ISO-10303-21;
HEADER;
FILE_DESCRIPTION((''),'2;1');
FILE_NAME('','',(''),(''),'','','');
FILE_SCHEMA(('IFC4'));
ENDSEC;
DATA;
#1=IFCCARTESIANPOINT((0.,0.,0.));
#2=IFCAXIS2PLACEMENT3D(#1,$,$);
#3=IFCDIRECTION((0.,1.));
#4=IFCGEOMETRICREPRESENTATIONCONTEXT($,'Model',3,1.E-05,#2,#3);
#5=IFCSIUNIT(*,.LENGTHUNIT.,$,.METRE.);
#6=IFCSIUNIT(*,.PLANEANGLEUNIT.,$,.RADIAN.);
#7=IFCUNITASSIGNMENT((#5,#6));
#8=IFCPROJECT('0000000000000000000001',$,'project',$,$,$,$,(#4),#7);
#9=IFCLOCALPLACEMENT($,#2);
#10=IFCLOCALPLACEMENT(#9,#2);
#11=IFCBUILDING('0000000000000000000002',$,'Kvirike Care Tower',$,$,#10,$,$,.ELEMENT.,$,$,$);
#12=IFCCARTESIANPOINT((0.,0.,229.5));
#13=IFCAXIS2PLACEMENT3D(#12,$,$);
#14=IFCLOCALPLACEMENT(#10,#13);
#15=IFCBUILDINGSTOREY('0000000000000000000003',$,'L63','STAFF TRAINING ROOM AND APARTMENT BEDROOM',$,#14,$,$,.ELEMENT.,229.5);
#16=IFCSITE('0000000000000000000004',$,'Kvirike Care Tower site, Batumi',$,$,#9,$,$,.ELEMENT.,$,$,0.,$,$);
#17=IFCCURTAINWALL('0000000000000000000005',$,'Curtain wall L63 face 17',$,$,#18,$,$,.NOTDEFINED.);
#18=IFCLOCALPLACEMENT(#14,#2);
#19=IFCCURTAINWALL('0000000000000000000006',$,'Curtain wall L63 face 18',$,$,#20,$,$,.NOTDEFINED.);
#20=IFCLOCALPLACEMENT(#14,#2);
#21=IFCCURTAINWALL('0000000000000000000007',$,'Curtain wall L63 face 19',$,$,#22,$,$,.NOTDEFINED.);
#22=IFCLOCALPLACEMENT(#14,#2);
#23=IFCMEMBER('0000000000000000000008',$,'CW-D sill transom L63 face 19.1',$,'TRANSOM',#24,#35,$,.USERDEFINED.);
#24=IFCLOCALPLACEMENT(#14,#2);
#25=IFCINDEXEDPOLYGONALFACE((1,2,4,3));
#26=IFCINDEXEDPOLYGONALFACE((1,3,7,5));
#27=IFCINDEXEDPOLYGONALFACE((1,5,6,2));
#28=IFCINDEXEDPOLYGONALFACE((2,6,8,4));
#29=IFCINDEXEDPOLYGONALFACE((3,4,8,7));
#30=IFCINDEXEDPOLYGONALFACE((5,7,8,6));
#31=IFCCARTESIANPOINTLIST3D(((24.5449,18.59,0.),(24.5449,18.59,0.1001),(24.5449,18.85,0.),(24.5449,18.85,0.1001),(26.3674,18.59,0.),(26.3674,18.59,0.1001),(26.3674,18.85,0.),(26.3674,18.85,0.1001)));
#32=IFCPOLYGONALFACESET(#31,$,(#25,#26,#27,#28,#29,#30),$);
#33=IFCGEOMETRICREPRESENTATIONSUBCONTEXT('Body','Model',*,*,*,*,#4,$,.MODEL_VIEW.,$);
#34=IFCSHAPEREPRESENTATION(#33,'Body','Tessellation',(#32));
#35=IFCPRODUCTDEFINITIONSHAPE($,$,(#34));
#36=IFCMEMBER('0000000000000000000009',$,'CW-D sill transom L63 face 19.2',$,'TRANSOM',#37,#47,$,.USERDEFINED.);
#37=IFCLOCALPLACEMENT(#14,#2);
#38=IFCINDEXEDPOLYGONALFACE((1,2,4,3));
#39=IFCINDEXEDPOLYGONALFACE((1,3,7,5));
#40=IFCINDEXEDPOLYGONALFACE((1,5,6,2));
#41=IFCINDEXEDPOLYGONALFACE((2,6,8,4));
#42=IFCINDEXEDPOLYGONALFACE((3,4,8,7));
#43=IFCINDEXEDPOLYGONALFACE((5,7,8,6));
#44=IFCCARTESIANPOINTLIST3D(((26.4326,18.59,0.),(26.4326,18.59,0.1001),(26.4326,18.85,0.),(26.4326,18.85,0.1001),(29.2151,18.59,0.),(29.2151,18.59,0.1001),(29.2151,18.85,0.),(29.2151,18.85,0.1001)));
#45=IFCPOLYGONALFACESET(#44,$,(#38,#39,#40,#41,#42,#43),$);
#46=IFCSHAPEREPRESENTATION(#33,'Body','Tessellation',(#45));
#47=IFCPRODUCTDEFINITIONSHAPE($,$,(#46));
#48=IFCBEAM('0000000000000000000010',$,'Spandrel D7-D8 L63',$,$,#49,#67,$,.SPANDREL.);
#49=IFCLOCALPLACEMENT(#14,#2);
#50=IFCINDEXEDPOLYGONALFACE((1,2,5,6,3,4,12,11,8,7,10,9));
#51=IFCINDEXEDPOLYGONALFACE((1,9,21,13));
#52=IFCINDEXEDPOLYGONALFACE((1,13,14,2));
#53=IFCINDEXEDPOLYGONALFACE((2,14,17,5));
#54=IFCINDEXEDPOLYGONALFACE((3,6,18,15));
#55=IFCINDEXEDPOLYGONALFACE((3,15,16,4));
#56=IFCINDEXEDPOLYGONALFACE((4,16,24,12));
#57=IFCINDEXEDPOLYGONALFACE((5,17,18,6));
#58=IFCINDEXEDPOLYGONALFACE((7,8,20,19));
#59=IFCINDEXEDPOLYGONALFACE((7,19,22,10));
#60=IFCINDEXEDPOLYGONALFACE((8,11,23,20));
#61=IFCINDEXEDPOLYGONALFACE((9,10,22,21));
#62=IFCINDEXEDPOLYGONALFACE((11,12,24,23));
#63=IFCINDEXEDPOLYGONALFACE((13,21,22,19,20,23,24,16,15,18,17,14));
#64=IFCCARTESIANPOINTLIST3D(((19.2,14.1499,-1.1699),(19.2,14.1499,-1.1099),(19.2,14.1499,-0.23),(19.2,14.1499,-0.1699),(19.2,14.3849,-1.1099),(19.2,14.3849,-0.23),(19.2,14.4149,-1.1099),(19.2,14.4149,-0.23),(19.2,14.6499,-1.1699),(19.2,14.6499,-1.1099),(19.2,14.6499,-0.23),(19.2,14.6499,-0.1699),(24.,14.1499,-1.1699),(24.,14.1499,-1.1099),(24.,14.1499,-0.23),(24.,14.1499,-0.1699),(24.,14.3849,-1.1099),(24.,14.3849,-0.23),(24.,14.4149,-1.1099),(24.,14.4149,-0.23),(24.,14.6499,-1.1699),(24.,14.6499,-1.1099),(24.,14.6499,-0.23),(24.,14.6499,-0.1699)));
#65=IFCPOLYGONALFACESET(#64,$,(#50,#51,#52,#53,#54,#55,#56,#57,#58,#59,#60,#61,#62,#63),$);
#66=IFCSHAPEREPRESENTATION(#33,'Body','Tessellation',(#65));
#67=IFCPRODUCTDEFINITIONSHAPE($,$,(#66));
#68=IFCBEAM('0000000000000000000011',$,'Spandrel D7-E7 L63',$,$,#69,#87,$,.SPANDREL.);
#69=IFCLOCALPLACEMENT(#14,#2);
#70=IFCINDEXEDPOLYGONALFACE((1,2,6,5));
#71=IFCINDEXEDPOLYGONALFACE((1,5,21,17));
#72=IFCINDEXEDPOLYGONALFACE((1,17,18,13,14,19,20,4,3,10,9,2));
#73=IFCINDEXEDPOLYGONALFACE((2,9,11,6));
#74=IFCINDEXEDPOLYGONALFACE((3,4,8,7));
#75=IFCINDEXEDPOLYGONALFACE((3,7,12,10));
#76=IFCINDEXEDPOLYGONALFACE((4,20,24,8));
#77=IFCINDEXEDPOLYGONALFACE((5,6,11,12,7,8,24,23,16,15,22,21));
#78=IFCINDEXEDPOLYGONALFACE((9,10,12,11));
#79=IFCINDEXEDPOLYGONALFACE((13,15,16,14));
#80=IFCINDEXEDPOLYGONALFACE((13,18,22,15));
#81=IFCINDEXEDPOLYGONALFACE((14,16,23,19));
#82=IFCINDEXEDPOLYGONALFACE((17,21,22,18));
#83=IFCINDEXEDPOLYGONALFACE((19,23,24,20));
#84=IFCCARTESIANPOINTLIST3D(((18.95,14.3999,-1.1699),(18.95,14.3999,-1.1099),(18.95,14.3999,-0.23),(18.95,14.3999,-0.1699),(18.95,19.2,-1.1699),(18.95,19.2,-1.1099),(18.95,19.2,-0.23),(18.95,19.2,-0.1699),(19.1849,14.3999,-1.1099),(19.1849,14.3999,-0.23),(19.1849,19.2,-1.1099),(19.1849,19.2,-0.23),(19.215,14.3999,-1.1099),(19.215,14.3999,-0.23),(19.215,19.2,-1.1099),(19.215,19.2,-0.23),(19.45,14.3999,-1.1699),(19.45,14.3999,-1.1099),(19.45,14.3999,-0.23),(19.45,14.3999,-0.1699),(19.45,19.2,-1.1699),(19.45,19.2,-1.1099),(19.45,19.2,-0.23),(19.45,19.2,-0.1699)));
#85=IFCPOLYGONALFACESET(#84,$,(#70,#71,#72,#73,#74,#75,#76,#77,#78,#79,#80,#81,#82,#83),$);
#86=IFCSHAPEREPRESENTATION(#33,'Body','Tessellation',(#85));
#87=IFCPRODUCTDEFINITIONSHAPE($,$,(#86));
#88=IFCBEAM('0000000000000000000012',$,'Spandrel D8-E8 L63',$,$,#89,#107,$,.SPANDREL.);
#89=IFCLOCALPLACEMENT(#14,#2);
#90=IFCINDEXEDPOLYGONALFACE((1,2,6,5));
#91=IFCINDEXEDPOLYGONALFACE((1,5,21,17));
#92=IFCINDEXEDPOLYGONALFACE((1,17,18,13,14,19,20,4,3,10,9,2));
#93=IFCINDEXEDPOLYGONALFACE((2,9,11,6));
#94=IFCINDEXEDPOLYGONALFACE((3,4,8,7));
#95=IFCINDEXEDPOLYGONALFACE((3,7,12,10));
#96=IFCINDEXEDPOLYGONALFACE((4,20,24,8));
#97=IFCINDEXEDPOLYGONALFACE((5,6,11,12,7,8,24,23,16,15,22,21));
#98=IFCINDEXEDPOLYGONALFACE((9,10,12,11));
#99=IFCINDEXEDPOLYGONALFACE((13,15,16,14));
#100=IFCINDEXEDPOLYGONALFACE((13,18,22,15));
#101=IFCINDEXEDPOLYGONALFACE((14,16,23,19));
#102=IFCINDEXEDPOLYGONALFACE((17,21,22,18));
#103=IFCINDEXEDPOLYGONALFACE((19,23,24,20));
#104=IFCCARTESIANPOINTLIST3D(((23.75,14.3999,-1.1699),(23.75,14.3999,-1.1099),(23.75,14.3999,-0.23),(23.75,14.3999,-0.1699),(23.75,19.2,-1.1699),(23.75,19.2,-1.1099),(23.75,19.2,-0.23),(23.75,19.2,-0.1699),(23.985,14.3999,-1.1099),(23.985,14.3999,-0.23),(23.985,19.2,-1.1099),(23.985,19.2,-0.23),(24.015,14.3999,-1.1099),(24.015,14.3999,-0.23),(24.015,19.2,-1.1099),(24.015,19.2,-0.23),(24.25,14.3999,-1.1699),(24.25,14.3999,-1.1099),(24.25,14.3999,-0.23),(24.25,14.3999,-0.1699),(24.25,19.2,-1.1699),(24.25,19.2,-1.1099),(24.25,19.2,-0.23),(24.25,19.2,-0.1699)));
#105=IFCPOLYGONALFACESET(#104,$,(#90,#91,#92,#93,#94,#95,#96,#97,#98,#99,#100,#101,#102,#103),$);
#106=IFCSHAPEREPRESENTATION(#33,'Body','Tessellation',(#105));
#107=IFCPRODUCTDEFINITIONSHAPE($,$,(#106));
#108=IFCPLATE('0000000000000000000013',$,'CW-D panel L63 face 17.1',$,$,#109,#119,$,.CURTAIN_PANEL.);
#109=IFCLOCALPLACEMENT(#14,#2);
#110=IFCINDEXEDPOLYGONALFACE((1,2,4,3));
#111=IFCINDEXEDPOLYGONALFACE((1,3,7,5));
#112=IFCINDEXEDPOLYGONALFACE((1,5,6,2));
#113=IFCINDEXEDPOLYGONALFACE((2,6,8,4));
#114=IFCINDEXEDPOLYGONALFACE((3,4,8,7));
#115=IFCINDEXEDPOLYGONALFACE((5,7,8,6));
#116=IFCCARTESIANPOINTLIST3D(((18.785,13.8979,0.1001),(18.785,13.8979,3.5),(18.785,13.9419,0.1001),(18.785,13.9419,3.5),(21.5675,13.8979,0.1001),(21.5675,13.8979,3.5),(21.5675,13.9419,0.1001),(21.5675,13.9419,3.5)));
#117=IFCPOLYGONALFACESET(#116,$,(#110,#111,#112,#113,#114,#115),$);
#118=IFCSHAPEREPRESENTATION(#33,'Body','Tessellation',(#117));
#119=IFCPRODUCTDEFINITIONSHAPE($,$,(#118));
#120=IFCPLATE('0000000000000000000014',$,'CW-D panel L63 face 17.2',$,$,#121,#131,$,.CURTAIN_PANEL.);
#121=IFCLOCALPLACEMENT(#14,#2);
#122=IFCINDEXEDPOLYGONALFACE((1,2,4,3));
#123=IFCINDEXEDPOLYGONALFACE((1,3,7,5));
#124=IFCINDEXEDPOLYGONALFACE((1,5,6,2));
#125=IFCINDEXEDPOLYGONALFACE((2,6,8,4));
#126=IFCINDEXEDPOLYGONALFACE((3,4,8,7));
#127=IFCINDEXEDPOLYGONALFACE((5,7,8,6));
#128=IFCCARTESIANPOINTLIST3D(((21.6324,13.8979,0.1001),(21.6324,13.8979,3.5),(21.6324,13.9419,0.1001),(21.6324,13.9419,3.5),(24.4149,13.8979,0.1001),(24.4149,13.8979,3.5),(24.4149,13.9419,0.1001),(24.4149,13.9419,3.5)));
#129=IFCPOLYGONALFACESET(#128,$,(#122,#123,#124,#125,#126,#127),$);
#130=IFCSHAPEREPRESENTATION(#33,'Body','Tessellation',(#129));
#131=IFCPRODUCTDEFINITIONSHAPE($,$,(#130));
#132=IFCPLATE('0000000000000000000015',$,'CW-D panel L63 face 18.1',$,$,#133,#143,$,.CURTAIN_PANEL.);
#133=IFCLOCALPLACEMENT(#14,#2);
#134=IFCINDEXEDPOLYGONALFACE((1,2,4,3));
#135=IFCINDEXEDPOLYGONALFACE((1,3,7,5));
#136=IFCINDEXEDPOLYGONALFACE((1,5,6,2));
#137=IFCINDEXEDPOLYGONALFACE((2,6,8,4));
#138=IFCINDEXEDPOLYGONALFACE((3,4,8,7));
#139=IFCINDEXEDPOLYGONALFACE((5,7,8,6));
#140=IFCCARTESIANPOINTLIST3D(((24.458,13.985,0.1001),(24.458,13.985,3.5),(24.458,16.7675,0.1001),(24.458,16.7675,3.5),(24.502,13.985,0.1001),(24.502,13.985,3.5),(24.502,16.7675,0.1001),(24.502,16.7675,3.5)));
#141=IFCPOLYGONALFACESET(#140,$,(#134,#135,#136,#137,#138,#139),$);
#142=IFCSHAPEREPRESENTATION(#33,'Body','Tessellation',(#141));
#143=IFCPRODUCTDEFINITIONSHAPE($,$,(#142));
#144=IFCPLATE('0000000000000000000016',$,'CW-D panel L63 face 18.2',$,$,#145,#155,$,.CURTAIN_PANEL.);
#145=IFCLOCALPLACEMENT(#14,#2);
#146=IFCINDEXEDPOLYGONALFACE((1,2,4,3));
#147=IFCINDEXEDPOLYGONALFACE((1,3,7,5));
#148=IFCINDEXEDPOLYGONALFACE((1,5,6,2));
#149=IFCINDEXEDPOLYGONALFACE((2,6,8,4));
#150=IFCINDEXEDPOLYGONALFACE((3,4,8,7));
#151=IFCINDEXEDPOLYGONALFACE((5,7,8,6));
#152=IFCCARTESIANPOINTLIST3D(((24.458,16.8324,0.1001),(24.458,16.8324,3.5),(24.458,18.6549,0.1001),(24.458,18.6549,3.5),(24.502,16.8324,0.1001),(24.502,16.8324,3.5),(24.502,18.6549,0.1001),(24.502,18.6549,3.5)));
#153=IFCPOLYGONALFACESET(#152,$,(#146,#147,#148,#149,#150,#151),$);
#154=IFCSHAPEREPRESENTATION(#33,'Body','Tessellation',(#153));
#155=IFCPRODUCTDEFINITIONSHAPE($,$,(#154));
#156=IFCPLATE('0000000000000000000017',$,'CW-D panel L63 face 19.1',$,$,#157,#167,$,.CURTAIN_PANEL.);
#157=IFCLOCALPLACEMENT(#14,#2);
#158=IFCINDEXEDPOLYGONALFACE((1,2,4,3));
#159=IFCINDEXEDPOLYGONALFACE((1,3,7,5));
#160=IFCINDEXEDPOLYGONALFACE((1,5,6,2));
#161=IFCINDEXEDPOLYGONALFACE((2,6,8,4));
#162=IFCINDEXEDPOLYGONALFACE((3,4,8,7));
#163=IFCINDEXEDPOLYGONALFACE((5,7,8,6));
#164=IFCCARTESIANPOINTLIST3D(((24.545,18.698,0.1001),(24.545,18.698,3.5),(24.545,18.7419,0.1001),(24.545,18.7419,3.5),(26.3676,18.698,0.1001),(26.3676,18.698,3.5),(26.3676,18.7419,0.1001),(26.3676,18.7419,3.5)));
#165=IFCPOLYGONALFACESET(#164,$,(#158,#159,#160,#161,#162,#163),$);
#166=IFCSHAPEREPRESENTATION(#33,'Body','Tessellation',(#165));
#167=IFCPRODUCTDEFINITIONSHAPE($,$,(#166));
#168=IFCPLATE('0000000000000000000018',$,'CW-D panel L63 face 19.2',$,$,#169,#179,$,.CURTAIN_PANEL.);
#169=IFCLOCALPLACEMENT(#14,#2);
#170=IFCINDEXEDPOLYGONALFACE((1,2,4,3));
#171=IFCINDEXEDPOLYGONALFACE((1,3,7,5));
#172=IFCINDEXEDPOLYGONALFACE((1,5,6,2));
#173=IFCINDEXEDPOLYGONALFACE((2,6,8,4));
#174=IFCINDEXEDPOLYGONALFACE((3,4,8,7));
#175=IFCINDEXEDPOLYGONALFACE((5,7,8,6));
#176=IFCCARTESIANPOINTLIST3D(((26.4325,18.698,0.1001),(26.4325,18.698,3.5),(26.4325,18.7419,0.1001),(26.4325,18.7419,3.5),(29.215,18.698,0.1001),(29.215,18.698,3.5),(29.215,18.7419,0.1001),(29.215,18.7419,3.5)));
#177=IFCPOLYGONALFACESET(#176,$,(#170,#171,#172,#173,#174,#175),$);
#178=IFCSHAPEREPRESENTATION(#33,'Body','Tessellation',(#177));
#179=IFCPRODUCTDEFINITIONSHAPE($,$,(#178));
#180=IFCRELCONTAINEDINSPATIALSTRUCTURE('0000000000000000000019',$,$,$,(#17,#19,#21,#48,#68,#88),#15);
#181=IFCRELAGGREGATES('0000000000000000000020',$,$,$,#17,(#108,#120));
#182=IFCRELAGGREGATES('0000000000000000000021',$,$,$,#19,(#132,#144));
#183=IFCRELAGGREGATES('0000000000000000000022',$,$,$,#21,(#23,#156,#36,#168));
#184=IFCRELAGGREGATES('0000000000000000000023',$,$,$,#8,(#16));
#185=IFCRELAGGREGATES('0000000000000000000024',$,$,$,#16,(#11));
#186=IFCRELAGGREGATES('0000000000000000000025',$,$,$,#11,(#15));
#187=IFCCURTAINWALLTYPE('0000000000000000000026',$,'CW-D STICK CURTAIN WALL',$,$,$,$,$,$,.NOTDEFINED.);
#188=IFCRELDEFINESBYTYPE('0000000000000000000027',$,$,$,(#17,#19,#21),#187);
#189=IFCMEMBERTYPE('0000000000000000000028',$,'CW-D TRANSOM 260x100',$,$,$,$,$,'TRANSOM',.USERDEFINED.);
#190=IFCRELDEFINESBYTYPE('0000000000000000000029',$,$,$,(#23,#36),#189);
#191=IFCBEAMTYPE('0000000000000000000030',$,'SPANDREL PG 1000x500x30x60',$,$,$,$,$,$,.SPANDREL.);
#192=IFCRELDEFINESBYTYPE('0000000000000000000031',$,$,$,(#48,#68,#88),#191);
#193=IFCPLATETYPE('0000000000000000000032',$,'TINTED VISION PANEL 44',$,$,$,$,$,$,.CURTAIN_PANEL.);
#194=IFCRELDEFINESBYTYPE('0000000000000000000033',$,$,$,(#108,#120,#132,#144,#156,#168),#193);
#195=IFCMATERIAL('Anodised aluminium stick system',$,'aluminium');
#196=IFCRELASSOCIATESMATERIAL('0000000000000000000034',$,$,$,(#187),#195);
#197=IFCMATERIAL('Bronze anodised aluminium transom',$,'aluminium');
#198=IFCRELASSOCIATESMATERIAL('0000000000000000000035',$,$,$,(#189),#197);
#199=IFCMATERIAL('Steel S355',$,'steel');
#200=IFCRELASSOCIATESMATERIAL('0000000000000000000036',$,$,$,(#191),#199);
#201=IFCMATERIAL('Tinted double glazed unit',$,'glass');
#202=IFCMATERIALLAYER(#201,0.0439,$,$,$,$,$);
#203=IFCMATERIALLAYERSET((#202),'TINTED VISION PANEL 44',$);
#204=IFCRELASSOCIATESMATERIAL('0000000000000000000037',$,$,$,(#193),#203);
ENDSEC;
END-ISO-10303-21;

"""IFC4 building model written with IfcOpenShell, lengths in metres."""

from ifc_helpers import new_model, si_unit, direction, frame, origin, origin_2d, place, context, subcontext, project, spatial, rectangle, i_section, extrude, material, layer, layer_set, material_profile, profile_set, type_object, element, aggregate, save


model = new_model("IFC4")

# Units and contexts
model_context = context("Model", 3, precision=1e-05, world=origin(), true_north=direction((0.0, 1.0)))
body_context = subcontext(model_context, "Body", "Model", "MODEL_VIEW")
ifc_project = project(units=[si_unit("LENGTHUNIT", "METRE"), si_unit("PLANEANGLEUNIT", "RADIAN")], contexts=[model_context])

# Site, building, storey
site_placement = place(None, origin())
site = spatial("IfcSite", under=ifc_project, at=site_placement, Name="Kvirike Care Tower site, Batumi", CompositionType="ELEMENT", RefElevation=0.0)
building_placement = place(site_placement, origin())
building = spatial("IfcBuilding", under=site, at=building_placement, Name="Kvirike Care Tower", CompositionType="ELEMENT")
storey_placement = place(building_placement, frame((0.0, 0.0, 229.5)))
storey = spatial("IfcBuildingStorey", under=building, at=storey_placement, Name="L63", Description="STAFF TRAINING ROOM AND APARTMENT BEDROOM", CompositionType="ELEMENT", Elevation=229.5)

# Curtain walls
ifc_material_1 = material(Name="Anodised aluminium stick system", Category="aluminium")
curtain_wall_type = type_object("IfcCurtainWallType", Name="CW-D STICK CURTAIN WALL", PredefinedType="NOTDEFINED", material=ifc_material_1)
curtain_wall_1_placement = place(storey_placement, origin())
curtain_wall_1 = element("IfcCurtainWall", 1, at=curtain_wall_1_placement, inside=storey, type_object=curtain_wall_type, Name="Curtain wall L63 face 17", PredefinedType="NOTDEFINED")
curtain_wall_2_placement = place(storey_placement, origin())
curtain_wall_2 = element("IfcCurtainWall", 2, at=curtain_wall_2_placement, inside=storey, type_object=curtain_wall_type, Name="Curtain wall L63 face 18", PredefinedType="NOTDEFINED")
curtain_wall_3_placement = place(storey_placement, origin())
curtain_wall_3 = element("IfcCurtainWall", 3, at=curtain_wall_3_placement, inside=storey, type_object=curtain_wall_type, Name="Curtain wall L63 face 19", PredefinedType="NOTDEFINED")

# Members
ifc_material_2 = material(Name="Bronze anodised aluminium transom", Category="aluminium")
ifc_material_profile_1 = material_profile(ifc_material_2, rectangle(XDim=0.26, YDim=0.1001, at=origin_2d()), Name="CW-D TRANSOM 260x100")
ifc_profile_set_1 = profile_set([ifc_material_profile_1], Name="Bronze anodised aluminium transom")
member_type_1 = type_object("IfcMemberType", Name="CW-D TRANSOM 260x100", ElementType="TRANSOM", PredefinedType="USERDEFINED", material=ifc_profile_set_1)
member_1_placement = place(storey_placement, frame((24.5449, 18.72, 0.05), z_axis=(1.0, 0.0, 0.0), x_axis=(0.0, 1.0, 0.0)))
member_1 = element("IfcMember", 4, at=member_1_placement, type_object=member_type_1, Name="CW-D sill transom L63 face 19.1", ObjectType="TRANSOM", PredefinedType="USERDEFINED", context=body_context, shape_type="SweptSolid", body=[
    extrude(rectangle(XDim=0.26, YDim=0.1001, at=origin_2d()), origin(), (0.0, 0.0, 1.0), 1.8225),
])
member_2_placement = place(storey_placement, frame((26.4326, 18.72, 0.05), z_axis=(1.0, 0.0, 0.0), x_axis=(0.0, 1.0, 0.0)))
member_2 = element("IfcMember", 5, at=member_2_placement, type_object=member_type_1, Name="CW-D sill transom L63 face 19.2", ObjectType="TRANSOM", PredefinedType="USERDEFINED", context=body_context, shape_type="SweptSolid", body=[
    extrude(rectangle(XDim=0.26, YDim=0.1001, at=origin_2d()), origin(), (0.0, 0.0, 1.0), 2.7825),
])

# Beams
ifc_material_3 = material(Name="Steel S355", Category="steel")
ifc_material_profile_2 = material_profile(ifc_material_3, i_section(OverallWidth=0.5, OverallDepth=1.0, WebThickness=0.03, FlangeThickness=0.0601, at=origin_2d()), Name="PG 1000x500x30x60")
ifc_profile_set_2 = profile_set([ifc_material_profile_2], Name="Steel S355")
beam_type = type_object("IfcBeamType", Name="SPANDREL PG 1000x500x30x60", PredefinedType="SPANDREL", material=ifc_profile_set_2)
for number, where, z_axis, x_axis, name in (
    (6, (19.2, 14.3999, -0.6699), (1.0, 0.0, 0.0), (0.0, 1.0, 0.0), "Spandrel D7-D8 L63"),
    (7, (19.2, 14.3999, -0.6699), (0.0, 1.0, 0.0), (-1.0, 0.0, 0.0), "Spandrel D7-E7 L63"),
    (8, (24.0, 14.3999, -0.6699), (0.0, 1.0, 0.0), (-1.0, 0.0, 0.0), "Spandrel D8-E8 L63"),
):
    element("IfcBeam", number, at=place(storey_placement, frame(where, z_axis=z_axis, x_axis=x_axis)), inside=storey, type_object=beam_type, Name=name, PredefinedType="SPANDREL", context=body_context, shape_type="SweptSolid", body=[
        extrude(i_section(OverallWidth=0.5, OverallDepth=1.0, WebThickness=0.03, FlangeThickness=0.0601, at=origin_2d()), origin(), (0.0, 0.0, 1.0), 4.8),
    ])

# Plates
ifc_material_4 = material(Name="Tinted double glazed unit", Category="glass")
ifc_layer = layer(ifc_material_4, 0.0439)
ifc_layer_set = layer_set([ifc_layer], Name="TINTED VISION PANEL 44")
plate_type = type_object("IfcPlateType", Name="TINTED VISION PANEL 44", PredefinedType="CURTAIN_PANEL", material=ifc_layer_set)
plate_1_placement = place(storey_placement, frame((20.1763, 13.9199, 0.1001), z_axis=(0.0, 0.0, 1.0), x_axis=(1.0, 0.0, 0.0)))
plate_1 = element("IfcPlate", 9, at=plate_1_placement, type_object=plate_type, Name="CW-D panel L63 face 17.1", PredefinedType="CURTAIN_PANEL", context=body_context, shape_type="SweptSolid", body=[
    extrude(rectangle(XDim=2.7825, YDim=0.0439, at=origin_2d()), origin(), (0.0, 0.0, 1.0), 3.3999),
])
plate_2_placement = place(storey_placement, frame((23.0237, 13.9199, 0.1001), z_axis=(0.0, 0.0, 1.0), x_axis=(1.0, 0.0, 0.0)))
plate_2 = element("IfcPlate", 10, at=plate_2_placement, type_object=plate_type, Name="CW-D panel L63 face 17.2", PredefinedType="CURTAIN_PANEL", context=body_context, shape_type="SweptSolid", body=[
    extrude(rectangle(XDim=2.7825, YDim=0.0439, at=origin_2d()), origin(), (0.0, 0.0, 1.0), 3.3999),
])
aggregate(curtain_wall_1, [plate_1, plate_2])
plate_3_placement = place(storey_placement, frame((24.48, 15.3762, 0.1001), z_axis=(0.0, 0.0, 1.0), x_axis=(0.0, 1.0, 0.0)))
plate_3 = element("IfcPlate", 11, at=plate_3_placement, type_object=plate_type, Name="CW-D panel L63 face 18.1", PredefinedType="CURTAIN_PANEL", context=body_context, shape_type="SweptSolid", body=[
    extrude(rectangle(XDim=2.7825, YDim=0.0439, at=origin_2d()), origin(), (0.0, 0.0, 1.0), 3.3999),
])
plate_4_placement = place(storey_placement, frame((24.48, 17.7437, 0.1001), z_axis=(0.0, 0.0, 1.0), x_axis=(0.0, 1.0, 0.0)))
plate_4 = element("IfcPlate", 12, at=plate_4_placement, type_object=plate_type, Name="CW-D panel L63 face 18.2", PredefinedType="CURTAIN_PANEL", context=body_context, shape_type="SweptSolid", body=[
    extrude(rectangle(XDim=1.8225, YDim=0.0439, at=origin_2d()), origin(), (0.0, 0.0, 1.0), 3.3999),
])
aggregate(curtain_wall_2, [plate_3, plate_4])
plate_5_placement = place(storey_placement, frame((25.4563, 18.72, 0.1001), z_axis=(0.0, 0.0, 1.0), x_axis=(1.0, 0.0, 0.0)))
plate_5 = element("IfcPlate", 13, at=plate_5_placement, type_object=plate_type, Name="CW-D panel L63 face 19.1", PredefinedType="CURTAIN_PANEL", context=body_context, shape_type="SweptSolid", body=[
    extrude(rectangle(XDim=1.8225, YDim=0.0439, at=origin_2d()), origin(), (0.0, 0.0, 1.0), 3.3999),
])
plate_6_placement = place(storey_placement, frame((27.8237, 18.72, 0.1001), z_axis=(0.0, 0.0, 1.0), x_axis=(1.0, 0.0, 0.0)))
plate_6 = element("IfcPlate", 14, at=plate_6_placement, type_object=plate_type, Name="CW-D panel L63 face 19.2", PredefinedType="CURTAIN_PANEL", context=body_context, shape_type="SweptSolid", body=[
    extrude(rectangle(XDim=2.7825, YDim=0.0439, at=origin_2d()), origin(), (0.0, 0.0, 1.0), 3.3999),
])
aggregate(curtain_wall_3, [member_1, plate_5, member_2, plate_6])

save(model, "model.ifc")
